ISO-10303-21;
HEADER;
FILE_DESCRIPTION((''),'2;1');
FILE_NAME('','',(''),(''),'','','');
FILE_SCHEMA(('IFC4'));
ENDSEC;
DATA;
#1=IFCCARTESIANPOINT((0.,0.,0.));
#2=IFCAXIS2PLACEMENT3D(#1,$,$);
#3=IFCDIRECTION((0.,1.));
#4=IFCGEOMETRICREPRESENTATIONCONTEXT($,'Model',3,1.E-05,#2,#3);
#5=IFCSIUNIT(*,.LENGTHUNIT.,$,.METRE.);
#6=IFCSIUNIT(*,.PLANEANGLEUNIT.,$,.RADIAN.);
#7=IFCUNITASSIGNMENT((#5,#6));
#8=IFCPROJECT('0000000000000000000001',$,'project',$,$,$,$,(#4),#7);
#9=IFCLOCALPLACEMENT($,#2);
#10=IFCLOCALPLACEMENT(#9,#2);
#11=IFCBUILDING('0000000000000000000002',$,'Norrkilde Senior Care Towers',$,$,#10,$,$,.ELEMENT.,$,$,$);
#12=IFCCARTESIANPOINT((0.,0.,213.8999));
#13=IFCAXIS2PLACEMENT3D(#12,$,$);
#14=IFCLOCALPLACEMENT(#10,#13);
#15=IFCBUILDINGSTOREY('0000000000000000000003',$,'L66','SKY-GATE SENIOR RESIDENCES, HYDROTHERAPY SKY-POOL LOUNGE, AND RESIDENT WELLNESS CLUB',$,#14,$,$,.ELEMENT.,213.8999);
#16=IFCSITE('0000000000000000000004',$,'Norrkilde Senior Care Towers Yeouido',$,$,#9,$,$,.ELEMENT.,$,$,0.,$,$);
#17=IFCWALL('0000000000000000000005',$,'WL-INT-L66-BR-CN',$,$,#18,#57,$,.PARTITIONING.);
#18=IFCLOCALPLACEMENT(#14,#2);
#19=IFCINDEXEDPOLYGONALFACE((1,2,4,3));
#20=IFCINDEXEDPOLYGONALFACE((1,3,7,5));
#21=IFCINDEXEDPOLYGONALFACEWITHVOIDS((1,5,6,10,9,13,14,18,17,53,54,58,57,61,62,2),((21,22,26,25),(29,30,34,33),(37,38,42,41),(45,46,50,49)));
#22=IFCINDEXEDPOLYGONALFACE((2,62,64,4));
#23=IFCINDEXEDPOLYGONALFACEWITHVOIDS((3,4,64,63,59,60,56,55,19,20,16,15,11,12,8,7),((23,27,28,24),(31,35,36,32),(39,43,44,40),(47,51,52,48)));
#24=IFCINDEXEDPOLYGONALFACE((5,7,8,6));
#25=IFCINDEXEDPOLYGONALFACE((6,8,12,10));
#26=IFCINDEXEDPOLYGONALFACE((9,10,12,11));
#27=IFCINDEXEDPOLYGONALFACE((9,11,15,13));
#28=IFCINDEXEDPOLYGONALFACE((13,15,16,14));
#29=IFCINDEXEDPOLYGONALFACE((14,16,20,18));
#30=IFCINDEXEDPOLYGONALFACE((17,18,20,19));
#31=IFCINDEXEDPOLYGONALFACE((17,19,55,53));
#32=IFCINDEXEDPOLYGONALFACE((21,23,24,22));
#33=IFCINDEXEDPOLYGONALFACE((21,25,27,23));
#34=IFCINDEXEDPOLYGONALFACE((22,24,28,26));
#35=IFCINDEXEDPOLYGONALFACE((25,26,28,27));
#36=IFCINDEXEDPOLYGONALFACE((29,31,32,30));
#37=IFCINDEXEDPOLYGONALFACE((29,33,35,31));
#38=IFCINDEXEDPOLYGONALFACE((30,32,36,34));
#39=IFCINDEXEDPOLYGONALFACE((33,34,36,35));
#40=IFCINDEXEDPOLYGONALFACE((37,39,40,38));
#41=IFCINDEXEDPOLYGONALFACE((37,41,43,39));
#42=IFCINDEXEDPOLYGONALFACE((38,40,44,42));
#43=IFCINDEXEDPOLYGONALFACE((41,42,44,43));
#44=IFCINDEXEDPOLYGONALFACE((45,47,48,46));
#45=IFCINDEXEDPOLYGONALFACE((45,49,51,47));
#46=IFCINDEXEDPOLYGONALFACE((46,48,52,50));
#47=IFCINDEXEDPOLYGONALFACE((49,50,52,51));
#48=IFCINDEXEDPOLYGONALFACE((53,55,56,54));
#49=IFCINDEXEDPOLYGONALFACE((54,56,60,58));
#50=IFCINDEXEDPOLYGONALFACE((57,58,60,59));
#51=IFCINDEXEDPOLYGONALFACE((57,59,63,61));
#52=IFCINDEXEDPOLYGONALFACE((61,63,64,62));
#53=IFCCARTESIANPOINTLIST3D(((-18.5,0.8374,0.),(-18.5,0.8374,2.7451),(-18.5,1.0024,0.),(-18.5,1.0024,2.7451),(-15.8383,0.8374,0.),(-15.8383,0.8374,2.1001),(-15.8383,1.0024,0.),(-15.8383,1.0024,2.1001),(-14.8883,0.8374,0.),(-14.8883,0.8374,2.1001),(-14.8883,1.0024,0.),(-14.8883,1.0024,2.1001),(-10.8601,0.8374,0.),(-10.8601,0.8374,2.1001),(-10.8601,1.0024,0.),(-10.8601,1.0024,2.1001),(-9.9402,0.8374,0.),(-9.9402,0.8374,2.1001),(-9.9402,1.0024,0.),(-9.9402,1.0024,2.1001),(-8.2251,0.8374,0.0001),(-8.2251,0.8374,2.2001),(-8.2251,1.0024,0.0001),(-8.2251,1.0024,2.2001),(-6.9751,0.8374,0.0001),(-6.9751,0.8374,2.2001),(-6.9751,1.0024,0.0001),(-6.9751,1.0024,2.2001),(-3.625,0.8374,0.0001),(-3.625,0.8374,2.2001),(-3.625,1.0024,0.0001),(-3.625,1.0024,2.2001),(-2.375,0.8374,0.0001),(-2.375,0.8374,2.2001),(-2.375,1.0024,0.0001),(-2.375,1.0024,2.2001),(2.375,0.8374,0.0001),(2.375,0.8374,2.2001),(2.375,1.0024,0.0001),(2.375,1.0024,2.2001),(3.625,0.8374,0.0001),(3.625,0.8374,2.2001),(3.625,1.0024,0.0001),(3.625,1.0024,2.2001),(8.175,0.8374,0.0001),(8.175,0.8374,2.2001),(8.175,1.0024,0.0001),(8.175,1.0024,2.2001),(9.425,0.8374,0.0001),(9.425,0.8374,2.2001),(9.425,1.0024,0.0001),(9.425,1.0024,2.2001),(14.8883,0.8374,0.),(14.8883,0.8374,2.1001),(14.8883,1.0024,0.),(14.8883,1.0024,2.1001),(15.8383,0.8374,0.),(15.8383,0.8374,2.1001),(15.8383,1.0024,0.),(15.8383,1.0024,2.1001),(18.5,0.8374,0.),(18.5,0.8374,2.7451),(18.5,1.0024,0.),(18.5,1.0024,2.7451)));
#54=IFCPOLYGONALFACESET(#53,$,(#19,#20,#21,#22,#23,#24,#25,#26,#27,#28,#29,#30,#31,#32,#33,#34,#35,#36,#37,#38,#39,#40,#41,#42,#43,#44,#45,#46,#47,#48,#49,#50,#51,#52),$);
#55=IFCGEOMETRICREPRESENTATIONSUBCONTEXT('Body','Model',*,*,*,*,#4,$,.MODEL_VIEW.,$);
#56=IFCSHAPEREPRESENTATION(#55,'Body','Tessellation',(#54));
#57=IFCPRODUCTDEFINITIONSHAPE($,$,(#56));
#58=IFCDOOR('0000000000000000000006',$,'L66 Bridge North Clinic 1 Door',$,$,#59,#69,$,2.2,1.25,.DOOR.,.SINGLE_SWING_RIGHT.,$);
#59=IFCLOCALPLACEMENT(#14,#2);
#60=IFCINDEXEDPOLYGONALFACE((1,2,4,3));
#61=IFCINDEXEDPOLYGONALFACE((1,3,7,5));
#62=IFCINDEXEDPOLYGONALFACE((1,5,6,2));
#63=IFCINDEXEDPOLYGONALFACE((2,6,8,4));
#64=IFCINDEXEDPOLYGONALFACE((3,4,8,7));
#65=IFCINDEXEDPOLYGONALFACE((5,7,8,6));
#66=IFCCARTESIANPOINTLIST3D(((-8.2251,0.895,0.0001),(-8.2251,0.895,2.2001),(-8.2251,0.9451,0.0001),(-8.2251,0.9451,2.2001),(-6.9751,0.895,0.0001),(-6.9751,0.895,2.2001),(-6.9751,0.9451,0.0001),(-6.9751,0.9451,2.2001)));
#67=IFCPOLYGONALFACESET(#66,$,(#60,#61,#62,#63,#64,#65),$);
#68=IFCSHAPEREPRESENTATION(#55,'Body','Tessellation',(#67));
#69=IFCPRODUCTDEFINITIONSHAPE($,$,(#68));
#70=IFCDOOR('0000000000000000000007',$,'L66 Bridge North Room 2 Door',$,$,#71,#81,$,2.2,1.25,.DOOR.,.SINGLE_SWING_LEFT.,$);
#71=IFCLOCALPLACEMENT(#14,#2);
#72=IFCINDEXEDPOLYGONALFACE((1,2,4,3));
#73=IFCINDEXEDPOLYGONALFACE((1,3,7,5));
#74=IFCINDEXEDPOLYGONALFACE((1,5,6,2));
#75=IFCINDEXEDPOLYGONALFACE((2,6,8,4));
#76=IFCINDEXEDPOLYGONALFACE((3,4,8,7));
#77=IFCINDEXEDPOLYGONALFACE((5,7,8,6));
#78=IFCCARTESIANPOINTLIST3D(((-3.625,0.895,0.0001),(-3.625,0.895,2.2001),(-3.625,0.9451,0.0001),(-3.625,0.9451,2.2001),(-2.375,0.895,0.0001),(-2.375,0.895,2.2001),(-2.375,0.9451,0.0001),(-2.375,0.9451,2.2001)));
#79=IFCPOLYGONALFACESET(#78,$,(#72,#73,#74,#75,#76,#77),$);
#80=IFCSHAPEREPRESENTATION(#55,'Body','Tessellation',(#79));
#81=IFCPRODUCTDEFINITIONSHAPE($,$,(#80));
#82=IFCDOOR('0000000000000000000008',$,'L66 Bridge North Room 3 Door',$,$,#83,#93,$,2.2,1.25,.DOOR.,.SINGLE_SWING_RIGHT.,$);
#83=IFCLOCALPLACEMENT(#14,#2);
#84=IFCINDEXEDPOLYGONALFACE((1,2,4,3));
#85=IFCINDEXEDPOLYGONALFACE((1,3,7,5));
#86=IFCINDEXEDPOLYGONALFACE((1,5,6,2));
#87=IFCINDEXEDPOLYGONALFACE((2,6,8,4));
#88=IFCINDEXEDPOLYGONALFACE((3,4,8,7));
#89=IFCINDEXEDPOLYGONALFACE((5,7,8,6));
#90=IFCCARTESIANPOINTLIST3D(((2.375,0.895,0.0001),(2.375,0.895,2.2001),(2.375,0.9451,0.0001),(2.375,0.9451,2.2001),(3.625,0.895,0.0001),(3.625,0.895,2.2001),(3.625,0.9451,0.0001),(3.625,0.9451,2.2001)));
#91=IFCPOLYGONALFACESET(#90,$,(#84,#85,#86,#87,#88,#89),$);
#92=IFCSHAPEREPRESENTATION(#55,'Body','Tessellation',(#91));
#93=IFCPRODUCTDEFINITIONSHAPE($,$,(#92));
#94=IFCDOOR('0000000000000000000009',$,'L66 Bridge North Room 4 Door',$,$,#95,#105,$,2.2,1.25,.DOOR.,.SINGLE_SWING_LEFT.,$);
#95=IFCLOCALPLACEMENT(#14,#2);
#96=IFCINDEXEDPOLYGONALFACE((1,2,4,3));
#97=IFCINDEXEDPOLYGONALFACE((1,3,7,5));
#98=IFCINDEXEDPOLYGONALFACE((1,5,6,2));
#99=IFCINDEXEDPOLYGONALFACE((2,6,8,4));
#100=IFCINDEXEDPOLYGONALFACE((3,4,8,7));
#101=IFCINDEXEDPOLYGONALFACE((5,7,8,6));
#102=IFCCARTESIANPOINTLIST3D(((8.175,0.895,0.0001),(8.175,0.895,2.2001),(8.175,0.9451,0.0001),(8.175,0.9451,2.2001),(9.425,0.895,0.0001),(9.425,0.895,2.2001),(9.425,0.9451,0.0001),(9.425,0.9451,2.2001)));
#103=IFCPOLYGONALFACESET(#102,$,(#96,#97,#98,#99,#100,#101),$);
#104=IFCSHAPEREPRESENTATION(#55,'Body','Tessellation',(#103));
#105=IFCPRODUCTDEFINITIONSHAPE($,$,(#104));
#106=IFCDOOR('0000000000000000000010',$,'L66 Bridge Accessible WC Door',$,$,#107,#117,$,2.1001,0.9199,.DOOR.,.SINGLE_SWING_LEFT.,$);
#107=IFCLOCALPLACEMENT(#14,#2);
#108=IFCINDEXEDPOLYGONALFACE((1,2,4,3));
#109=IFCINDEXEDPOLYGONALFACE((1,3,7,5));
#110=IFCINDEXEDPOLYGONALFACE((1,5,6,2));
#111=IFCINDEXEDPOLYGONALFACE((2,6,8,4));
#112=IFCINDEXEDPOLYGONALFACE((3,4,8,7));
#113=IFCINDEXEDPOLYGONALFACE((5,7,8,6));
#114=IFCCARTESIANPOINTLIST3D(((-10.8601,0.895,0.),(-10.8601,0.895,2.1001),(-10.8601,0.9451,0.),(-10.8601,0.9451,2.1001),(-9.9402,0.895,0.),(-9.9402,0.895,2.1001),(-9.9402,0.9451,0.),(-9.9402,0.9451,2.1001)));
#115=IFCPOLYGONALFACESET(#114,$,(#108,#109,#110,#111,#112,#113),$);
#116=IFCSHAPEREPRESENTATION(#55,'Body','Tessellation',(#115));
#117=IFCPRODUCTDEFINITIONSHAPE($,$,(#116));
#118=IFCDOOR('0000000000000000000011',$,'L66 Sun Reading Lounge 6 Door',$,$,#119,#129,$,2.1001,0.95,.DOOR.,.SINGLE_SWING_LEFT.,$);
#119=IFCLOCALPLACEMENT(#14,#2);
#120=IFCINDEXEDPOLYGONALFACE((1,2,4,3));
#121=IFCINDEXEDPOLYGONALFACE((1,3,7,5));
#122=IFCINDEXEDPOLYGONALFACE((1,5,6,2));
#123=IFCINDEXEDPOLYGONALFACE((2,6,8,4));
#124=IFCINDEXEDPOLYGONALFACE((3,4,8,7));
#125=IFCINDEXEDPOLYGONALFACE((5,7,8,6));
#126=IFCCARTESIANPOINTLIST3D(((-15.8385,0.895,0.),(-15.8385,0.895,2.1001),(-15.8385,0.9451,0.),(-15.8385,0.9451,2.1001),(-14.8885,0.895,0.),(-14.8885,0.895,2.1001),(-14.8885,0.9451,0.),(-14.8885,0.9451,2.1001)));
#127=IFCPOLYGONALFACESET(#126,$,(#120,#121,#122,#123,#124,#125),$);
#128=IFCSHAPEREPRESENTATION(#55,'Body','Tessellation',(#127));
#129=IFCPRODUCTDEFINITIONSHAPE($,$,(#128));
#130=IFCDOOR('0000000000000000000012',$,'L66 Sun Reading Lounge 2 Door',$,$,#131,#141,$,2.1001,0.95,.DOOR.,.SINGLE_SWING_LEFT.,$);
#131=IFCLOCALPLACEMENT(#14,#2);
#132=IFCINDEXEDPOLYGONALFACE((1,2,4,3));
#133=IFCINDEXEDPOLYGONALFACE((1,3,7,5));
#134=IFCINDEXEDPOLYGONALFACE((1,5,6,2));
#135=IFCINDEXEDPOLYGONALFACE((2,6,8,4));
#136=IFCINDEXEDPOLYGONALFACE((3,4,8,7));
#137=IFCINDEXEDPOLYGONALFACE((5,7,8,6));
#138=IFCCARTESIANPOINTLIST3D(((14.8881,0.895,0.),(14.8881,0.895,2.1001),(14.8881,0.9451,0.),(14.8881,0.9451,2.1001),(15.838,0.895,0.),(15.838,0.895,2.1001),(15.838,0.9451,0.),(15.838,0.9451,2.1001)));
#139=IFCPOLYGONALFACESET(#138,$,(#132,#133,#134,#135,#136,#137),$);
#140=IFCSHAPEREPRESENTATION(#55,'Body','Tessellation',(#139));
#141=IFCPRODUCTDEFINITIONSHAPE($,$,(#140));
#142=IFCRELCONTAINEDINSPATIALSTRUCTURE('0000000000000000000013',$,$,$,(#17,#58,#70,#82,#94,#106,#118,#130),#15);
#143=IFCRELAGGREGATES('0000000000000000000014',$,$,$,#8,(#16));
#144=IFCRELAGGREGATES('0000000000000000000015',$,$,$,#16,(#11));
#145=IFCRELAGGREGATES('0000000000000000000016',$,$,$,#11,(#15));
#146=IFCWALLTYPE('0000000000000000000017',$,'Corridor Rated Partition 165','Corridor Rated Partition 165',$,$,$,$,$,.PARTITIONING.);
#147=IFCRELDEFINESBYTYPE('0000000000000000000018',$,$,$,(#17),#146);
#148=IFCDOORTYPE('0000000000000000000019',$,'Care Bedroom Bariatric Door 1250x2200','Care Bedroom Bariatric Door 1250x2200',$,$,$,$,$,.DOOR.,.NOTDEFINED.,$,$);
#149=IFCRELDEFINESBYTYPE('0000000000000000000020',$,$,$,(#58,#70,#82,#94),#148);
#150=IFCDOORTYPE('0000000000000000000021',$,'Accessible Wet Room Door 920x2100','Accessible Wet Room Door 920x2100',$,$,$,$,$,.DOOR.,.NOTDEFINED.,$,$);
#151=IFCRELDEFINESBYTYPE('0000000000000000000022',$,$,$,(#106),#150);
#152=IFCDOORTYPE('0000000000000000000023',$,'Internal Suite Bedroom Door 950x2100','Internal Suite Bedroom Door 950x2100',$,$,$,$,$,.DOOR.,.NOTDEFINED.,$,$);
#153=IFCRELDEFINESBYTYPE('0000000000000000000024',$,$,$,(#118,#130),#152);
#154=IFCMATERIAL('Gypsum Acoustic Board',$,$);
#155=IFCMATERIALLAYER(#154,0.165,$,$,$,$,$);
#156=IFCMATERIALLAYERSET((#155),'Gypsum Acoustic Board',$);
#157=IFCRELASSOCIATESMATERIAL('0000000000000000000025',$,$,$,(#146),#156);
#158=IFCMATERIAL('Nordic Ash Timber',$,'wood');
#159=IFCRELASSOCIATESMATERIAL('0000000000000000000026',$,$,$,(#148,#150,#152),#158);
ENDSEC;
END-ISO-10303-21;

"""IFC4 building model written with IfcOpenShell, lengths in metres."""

from ifc_helpers import new_model, si_unit, direction, frame, frame_2d, origin, place, context, subcontext, project, spatial, rectangle, extrude, source, transform, mapped, material, layer, layer_set, type_object, type_shapes, element, fill, save


model = new_model("IFC4")

# Units and contexts
model_context = context("Model", 3, precision=1e-05, world=origin(), true_north=direction((0.0, 1.0)))
body_context = subcontext(model_context, "Body", "Model", "MODEL_VIEW")
ifc_project = project(units=[si_unit("LENGTHUNIT", "METRE"), si_unit("PLANEANGLEUNIT", "RADIAN")], contexts=[model_context])

# Site, building, storey
site_placement = place(None, origin())
site = spatial("IfcSite", under=ifc_project, at=site_placement, Name="Norrkilde Senior Care Towers Yeouido", CompositionType="ELEMENT", RefElevation=0.0)
building_placement = place(site_placement, origin())
building = spatial("IfcBuilding", under=site, at=building_placement, Name="Norrkilde Senior Care Towers", CompositionType="ELEMENT")
storey_placement = place(building_placement, frame((0.0, 0.0, 213.8999)))
storey = spatial("IfcBuildingStorey", under=building, at=storey_placement, Name="L66", Description="SKY-GATE SENIOR RESIDENCES, HYDROTHERAPY SKY-POOL LOUNGE, AND RESIDENT WELLNESS CLUB", CompositionType="ELEMENT", Elevation=213.8999)

# Shared definitions
ifc_material_1 = material(Name="Gypsum Acoustic Board")
ifc_layer_1 = layer(ifc_material_1, 0.165)
ifc_layer_set_1 = layer_set([ifc_layer_1], Name="Gypsum Acoustic Board")
wall_type_1 = type_object("IfcWallType", Name="Corridor Rated Partition 165", Description="Corridor Rated Partition 165", PredefinedType="PARTITIONING", material=ifc_layer_set_1)
ifc_material_2 = material(Name="Nordic Ash Timber", Category="wood")
door_type_1 = type_object("IfcDoorType", Name="Care Bedroom Bariatric Door 1250x2200", Description="Care Bedroom Bariatric Door 1250x2200", OperationType="NOTDEFINED", PredefinedType="DOOR", material=ifc_material_2)
shared_shape_1 = source(origin(), body_context, "Body", "SweptSolid", [
    extrude(rectangle(XDim=1.25, YDim=2.2, at=frame_2d((0.625, 1.1001))), frame((0.0, 0.0249, 0.0), z_axis=(0.0, -1.0, 0.0), x_axis=(1.0, 0.0, 0.0)), (0.0, 0.0, 1.0), 0.05),
])
type_shapes(door_type_1, [shared_shape_1])

# Shared definitions
door_type_2 = type_object("IfcDoorType", Name="Accessible Wet Room Door 920x2100", Description="Accessible Wet Room Door 920x2100", OperationType="NOTDEFINED", PredefinedType="DOOR", material=ifc_material_2)
shared_shape_2 = source(origin(), body_context, "Body", "SweptSolid", [
    extrude(rectangle(XDim=0.9199, YDim=2.1001, at=frame_2d((0.46, 1.05))), frame((0.0, 0.0249, 0.0), z_axis=(0.0, -1.0, 0.0), x_axis=(1.0, 0.0, 0.0)), (0.0, 0.0, 1.0), 0.05),
])
type_shapes(door_type_2, [shared_shape_2])

# Wall, openings, doors
shared_shape_3 = source(origin(), body_context, "Body", "SweptSolid", [
    extrude(rectangle(XDim=37.0, YDim=0.165, at=frame_2d((18.5, 0.0))), origin(), (0.0, 0.0, 1.0), 2.7451),
])
wall_1_placement = place(storey_placement, frame((-18.5, 0.9199, 0.0), z_axis=(0.0, 0.0, 1.0), x_axis=(1.0, 0.0, 0.0)))
wall_1 = element("IfcWall", 1, at=wall_1_placement, inside=storey, type_object=wall_type_1, Name="WL-INT-L66-BR-CN", PredefinedType="PARTITIONING", context=body_context, shape_type="MappedRepresentation", body=[
    mapped(shared_shape_3, transform((0.0, 0.0, 0.0), x_axis=(1.0, 0.0, 0.0), y_axis=(0.0, 1.0, 0.0), z_axis=(0.0, 0.0, 1.0), scale=1.0)),
])
opening_1_placement = place(wall_1_placement, frame((2.6616, 0.0, 0.0)))
opening_1 = element("IfcOpeningElement", 2, at=opening_1_placement, cuts=wall_1, PredefinedType="OPENING", context=body_context, shape_type="SweptSolid", body=[
    extrude(rectangle(XDim=0.95, YDim=2.1001, at=frame_2d((0.4751, 1.05))), frame((0.0, 0.0925, 0.0), z_axis=(0.0, -1.0, 0.0), x_axis=(1.0, 0.0, 0.0)), (0.0, 0.0, 1.0), 0.1851),
])
opening_2_placement = place(wall_1_placement, frame((33.3882, 0.0, 0.0)))
opening_2 = element("IfcOpeningElement", 3, at=opening_2_placement, cuts=wall_1, PredefinedType="OPENING", context=body_context, shape_type="SweptSolid", body=[
    extrude(rectangle(XDim=0.95, YDim=2.1001, at=frame_2d((0.4751, 1.05))), frame((0.0, 0.0925, 0.0), z_axis=(0.0, -1.0, 0.0), x_axis=(1.0, 0.0, 0.0)), (0.0, 0.0, 1.0), 0.1851),
])
opening_3_placement = place(wall_1_placement, frame((7.6399, 0.0, 0.0)))
opening_3 = element("IfcOpeningElement", 4, at=opening_3_placement, cuts=wall_1, PredefinedType="OPENING", context=body_context, shape_type="SweptSolid", body=[
    extrude(rectangle(XDim=0.9199, YDim=2.1001, at=frame_2d((0.46, 1.05))), frame((0.0, 0.0925, 0.0), z_axis=(0.0, -1.0, 0.0), x_axis=(1.0, 0.0, 0.0)), (0.0, 0.0, 1.0), 0.1851),
])
opening_4_placement = place(wall_1_placement, frame((10.2749, 0.0, 0.0)))
opening_4 = element("IfcOpeningElement", 5, at=opening_4_placement, cuts=wall_1, PredefinedType="OPENING", context=body_context, shape_type="SweptSolid", body=[
    extrude(rectangle(XDim=1.25, YDim=2.2, at=frame_2d((0.625, 1.1001))), frame((0.0, 0.0925, 0.0), z_axis=(0.0, -1.0, 0.0), x_axis=(1.0, 0.0, 0.0)), (0.0, 0.0, 1.0), 0.1851),
])
opening_5_placement = place(wall_1_placement, frame((14.875, 0.0, 0.0)))
opening_5 = element("IfcOpeningElement", 6, at=opening_5_placement, cuts=wall_1, PredefinedType="OPENING", context=body_context, shape_type="SweptSolid", body=[
    extrude(rectangle(XDim=1.25, YDim=2.2, at=frame_2d((0.625, 1.1001))), frame((0.0, 0.0925, 0.0), z_axis=(0.0, -1.0, 0.0), x_axis=(1.0, 0.0, 0.0)), (0.0, 0.0, 1.0), 0.1851),
])
opening_6_placement = place(wall_1_placement, frame((20.875, 0.0, 0.0)))
opening_6 = element("IfcOpeningElement", 7, at=opening_6_placement, cuts=wall_1, PredefinedType="OPENING", context=body_context, shape_type="SweptSolid", body=[
    extrude(rectangle(XDim=1.25, YDim=2.2, at=frame_2d((0.625, 1.1001))), frame((0.0, 0.0925, 0.0), z_axis=(0.0, -1.0, 0.0), x_axis=(1.0, 0.0, 0.0)), (0.0, 0.0, 1.0), 0.1851),
])
opening_7_placement = place(wall_1_placement, frame((26.675, 0.0, 0.0)))
opening_7 = element("IfcOpeningElement", 8, at=opening_7_placement, cuts=wall_1, PredefinedType="OPENING", context=body_context, shape_type="SweptSolid", body=[
    extrude(rectangle(XDim=1.25, YDim=2.2, at=frame_2d((0.625, 1.1001))), frame((0.0, 0.0925, 0.0), z_axis=(0.0, -1.0, 0.0), x_axis=(1.0, 0.0, 0.0)), (0.0, 0.0, 1.0), 0.1851),
])
door_1_placement = place(opening_4_placement, frame((1.25, 0.0, 0.0), z_axis=(0.0, 0.0, 1.0), x_axis=(-1.0, 0.0, 0.0)))
door_1 = element("IfcDoor", 9, at=door_1_placement, inside=storey, type_object=door_type_1, Name="L66 Bridge North Clinic 1 Door", OperationType="SINGLE_SWING_RIGHT", OverallHeight=2.2, OverallWidth=1.25, PredefinedType="DOOR", context=body_context, shape_type="MappedRepresentation", body=[
    mapped(shared_shape_1, transform((0.0, 0.0, 0.0), x_axis=(1.0, 0.0, 0.0), y_axis=(0.0, 1.0, 0.0), z_axis=(0.0, 0.0, 1.0), scale=1.0)),
])
fill(opening_4, door_1)
door_2_placement = place(opening_5_placement, frame((1.25, 0.0, 0.0), z_axis=(0.0, 0.0, 1.0), x_axis=(-1.0, 0.0, 0.0)))
door_2 = element("IfcDoor", 10, at=door_2_placement, inside=storey, type_object=door_type_1, Name="L66 Bridge North Room 2 Door", OperationType="SINGLE_SWING_LEFT", OverallHeight=2.2, OverallWidth=1.25, PredefinedType="DOOR", context=body_context, shape_type="MappedRepresentation", body=[
    mapped(shared_shape_1, transform((0.0, 0.0, 0.0), x_axis=(1.0, 0.0, 0.0), y_axis=(0.0, 1.0, 0.0), z_axis=(0.0, 0.0, 1.0), scale=1.0)),
])
fill(opening_5, door_2)
door_3_placement = place(opening_6_placement, frame((1.25, 0.0, 0.0), z_axis=(0.0, 0.0, 1.0), x_axis=(-1.0, 0.0, 0.0)))
door_3 = element("IfcDoor", 11, at=door_3_placement, inside=storey, type_object=door_type_1, Name="L66 Bridge North Room 3 Door", OperationType="SINGLE_SWING_RIGHT", OverallHeight=2.2, OverallWidth=1.25, PredefinedType="DOOR", context=body_context, shape_type="MappedRepresentation", body=[
    mapped(shared_shape_1, transform((0.0, 0.0, 0.0), x_axis=(1.0, 0.0, 0.0), y_axis=(0.0, 1.0, 0.0), z_axis=(0.0, 0.0, 1.0), scale=1.0)),
])
fill(opening_6, door_3)
door_4_placement = place(opening_7_placement, frame((1.25, 0.0, 0.0), z_axis=(0.0, 0.0, 1.0), x_axis=(-1.0, 0.0, 0.0)))
door_4 = element("IfcDoor", 12, at=door_4_placement, inside=storey, type_object=door_type_1, Name="L66 Bridge North Room 4 Door", OperationType="SINGLE_SWING_LEFT", OverallHeight=2.2, OverallWidth=1.25, PredefinedType="DOOR", context=body_context, shape_type="MappedRepresentation", body=[
    mapped(shared_shape_1, transform((0.0, 0.0, 0.0), x_axis=(1.0, 0.0, 0.0), y_axis=(0.0, 1.0, 0.0), z_axis=(0.0, 0.0, 1.0), scale=1.0)),
])
fill(opening_7, door_4)
door_5_placement = place(opening_3_placement, frame((0.9199, 0.0, 0.0), z_axis=(0.0, 0.0, 1.0), x_axis=(-1.0, 0.0, 0.0)))
door_5 = element("IfcDoor", 13, at=door_5_placement, inside=storey, type_object=door_type_2, Name="L66 Bridge Accessible WC Door", OperationType="SINGLE_SWING_LEFT", OverallHeight=2.1001, OverallWidth=0.9199, PredefinedType="DOOR", context=body_context, shape_type="MappedRepresentation", body=[
    mapped(shared_shape_2, transform((0.0, 0.0, 0.0), x_axis=(1.0, 0.0, 0.0), y_axis=(0.0, 1.0, 0.0), z_axis=(0.0, 0.0, 1.0), scale=1.0)),
])
fill(opening_3, door_5)
door_type_3 = type_object("IfcDoorType", Name="Internal Suite Bedroom Door 950x2100", Description="Internal Suite Bedroom Door 950x2100", OperationType="NOTDEFINED", PredefinedType="DOOR", material=ifc_material_2)
shared_shape_4 = source(origin(), body_context, "Body", "SweptSolid", [
    extrude(rectangle(XDim=0.95, YDim=2.1001, at=frame_2d((0.4751, 1.05))), frame((0.0, 0.0249, 0.0), z_axis=(0.0, -1.0, 0.0), x_axis=(1.0, 0.0, 0.0)), (0.0, 0.0, 1.0), 0.05),
])
type_shapes(door_type_3, [shared_shape_4])
door_6_placement = place(opening_1_placement, frame((0.95, 0.0, 0.0), z_axis=(0.0, 0.0, 1.0), x_axis=(-1.0, 0.0, 0.0)))
door_6 = element("IfcDoor", 14, at=door_6_placement, inside=storey, type_object=door_type_3, Name="L66 Sun Reading Lounge 6 Door", OperationType="SINGLE_SWING_LEFT", OverallHeight=2.1001, OverallWidth=0.95, PredefinedType="DOOR", context=body_context, shape_type="MappedRepresentation", body=[
    mapped(shared_shape_4, transform((0.0, 0.0, 0.0), x_axis=(1.0, 0.0, 0.0), y_axis=(0.0, 1.0, 0.0), z_axis=(0.0, 0.0, 1.0), scale=1.0)),
])
fill(opening_1, door_6)
door_7_placement = place(opening_2_placement, frame((0.95, 0.0, 0.0), z_axis=(0.0, 0.0, 1.0), x_axis=(-1.0, 0.0, 0.0)))
door_7 = element("IfcDoor", 15, at=door_7_placement, inside=storey, type_object=door_type_3, Name="L66 Sun Reading Lounge 2 Door", OperationType="SINGLE_SWING_LEFT", OverallHeight=2.1001, OverallWidth=0.95, PredefinedType="DOOR", context=body_context, shape_type="MappedRepresentation", body=[
    mapped(shared_shape_4, transform((0.0, 0.0, 0.0), x_axis=(1.0, 0.0, 0.0), y_axis=(0.0, 1.0, 0.0), z_axis=(0.0, 0.0, 1.0), scale=1.0)),
])
fill(opening_2, door_7)

save(model, "model.ifc")
